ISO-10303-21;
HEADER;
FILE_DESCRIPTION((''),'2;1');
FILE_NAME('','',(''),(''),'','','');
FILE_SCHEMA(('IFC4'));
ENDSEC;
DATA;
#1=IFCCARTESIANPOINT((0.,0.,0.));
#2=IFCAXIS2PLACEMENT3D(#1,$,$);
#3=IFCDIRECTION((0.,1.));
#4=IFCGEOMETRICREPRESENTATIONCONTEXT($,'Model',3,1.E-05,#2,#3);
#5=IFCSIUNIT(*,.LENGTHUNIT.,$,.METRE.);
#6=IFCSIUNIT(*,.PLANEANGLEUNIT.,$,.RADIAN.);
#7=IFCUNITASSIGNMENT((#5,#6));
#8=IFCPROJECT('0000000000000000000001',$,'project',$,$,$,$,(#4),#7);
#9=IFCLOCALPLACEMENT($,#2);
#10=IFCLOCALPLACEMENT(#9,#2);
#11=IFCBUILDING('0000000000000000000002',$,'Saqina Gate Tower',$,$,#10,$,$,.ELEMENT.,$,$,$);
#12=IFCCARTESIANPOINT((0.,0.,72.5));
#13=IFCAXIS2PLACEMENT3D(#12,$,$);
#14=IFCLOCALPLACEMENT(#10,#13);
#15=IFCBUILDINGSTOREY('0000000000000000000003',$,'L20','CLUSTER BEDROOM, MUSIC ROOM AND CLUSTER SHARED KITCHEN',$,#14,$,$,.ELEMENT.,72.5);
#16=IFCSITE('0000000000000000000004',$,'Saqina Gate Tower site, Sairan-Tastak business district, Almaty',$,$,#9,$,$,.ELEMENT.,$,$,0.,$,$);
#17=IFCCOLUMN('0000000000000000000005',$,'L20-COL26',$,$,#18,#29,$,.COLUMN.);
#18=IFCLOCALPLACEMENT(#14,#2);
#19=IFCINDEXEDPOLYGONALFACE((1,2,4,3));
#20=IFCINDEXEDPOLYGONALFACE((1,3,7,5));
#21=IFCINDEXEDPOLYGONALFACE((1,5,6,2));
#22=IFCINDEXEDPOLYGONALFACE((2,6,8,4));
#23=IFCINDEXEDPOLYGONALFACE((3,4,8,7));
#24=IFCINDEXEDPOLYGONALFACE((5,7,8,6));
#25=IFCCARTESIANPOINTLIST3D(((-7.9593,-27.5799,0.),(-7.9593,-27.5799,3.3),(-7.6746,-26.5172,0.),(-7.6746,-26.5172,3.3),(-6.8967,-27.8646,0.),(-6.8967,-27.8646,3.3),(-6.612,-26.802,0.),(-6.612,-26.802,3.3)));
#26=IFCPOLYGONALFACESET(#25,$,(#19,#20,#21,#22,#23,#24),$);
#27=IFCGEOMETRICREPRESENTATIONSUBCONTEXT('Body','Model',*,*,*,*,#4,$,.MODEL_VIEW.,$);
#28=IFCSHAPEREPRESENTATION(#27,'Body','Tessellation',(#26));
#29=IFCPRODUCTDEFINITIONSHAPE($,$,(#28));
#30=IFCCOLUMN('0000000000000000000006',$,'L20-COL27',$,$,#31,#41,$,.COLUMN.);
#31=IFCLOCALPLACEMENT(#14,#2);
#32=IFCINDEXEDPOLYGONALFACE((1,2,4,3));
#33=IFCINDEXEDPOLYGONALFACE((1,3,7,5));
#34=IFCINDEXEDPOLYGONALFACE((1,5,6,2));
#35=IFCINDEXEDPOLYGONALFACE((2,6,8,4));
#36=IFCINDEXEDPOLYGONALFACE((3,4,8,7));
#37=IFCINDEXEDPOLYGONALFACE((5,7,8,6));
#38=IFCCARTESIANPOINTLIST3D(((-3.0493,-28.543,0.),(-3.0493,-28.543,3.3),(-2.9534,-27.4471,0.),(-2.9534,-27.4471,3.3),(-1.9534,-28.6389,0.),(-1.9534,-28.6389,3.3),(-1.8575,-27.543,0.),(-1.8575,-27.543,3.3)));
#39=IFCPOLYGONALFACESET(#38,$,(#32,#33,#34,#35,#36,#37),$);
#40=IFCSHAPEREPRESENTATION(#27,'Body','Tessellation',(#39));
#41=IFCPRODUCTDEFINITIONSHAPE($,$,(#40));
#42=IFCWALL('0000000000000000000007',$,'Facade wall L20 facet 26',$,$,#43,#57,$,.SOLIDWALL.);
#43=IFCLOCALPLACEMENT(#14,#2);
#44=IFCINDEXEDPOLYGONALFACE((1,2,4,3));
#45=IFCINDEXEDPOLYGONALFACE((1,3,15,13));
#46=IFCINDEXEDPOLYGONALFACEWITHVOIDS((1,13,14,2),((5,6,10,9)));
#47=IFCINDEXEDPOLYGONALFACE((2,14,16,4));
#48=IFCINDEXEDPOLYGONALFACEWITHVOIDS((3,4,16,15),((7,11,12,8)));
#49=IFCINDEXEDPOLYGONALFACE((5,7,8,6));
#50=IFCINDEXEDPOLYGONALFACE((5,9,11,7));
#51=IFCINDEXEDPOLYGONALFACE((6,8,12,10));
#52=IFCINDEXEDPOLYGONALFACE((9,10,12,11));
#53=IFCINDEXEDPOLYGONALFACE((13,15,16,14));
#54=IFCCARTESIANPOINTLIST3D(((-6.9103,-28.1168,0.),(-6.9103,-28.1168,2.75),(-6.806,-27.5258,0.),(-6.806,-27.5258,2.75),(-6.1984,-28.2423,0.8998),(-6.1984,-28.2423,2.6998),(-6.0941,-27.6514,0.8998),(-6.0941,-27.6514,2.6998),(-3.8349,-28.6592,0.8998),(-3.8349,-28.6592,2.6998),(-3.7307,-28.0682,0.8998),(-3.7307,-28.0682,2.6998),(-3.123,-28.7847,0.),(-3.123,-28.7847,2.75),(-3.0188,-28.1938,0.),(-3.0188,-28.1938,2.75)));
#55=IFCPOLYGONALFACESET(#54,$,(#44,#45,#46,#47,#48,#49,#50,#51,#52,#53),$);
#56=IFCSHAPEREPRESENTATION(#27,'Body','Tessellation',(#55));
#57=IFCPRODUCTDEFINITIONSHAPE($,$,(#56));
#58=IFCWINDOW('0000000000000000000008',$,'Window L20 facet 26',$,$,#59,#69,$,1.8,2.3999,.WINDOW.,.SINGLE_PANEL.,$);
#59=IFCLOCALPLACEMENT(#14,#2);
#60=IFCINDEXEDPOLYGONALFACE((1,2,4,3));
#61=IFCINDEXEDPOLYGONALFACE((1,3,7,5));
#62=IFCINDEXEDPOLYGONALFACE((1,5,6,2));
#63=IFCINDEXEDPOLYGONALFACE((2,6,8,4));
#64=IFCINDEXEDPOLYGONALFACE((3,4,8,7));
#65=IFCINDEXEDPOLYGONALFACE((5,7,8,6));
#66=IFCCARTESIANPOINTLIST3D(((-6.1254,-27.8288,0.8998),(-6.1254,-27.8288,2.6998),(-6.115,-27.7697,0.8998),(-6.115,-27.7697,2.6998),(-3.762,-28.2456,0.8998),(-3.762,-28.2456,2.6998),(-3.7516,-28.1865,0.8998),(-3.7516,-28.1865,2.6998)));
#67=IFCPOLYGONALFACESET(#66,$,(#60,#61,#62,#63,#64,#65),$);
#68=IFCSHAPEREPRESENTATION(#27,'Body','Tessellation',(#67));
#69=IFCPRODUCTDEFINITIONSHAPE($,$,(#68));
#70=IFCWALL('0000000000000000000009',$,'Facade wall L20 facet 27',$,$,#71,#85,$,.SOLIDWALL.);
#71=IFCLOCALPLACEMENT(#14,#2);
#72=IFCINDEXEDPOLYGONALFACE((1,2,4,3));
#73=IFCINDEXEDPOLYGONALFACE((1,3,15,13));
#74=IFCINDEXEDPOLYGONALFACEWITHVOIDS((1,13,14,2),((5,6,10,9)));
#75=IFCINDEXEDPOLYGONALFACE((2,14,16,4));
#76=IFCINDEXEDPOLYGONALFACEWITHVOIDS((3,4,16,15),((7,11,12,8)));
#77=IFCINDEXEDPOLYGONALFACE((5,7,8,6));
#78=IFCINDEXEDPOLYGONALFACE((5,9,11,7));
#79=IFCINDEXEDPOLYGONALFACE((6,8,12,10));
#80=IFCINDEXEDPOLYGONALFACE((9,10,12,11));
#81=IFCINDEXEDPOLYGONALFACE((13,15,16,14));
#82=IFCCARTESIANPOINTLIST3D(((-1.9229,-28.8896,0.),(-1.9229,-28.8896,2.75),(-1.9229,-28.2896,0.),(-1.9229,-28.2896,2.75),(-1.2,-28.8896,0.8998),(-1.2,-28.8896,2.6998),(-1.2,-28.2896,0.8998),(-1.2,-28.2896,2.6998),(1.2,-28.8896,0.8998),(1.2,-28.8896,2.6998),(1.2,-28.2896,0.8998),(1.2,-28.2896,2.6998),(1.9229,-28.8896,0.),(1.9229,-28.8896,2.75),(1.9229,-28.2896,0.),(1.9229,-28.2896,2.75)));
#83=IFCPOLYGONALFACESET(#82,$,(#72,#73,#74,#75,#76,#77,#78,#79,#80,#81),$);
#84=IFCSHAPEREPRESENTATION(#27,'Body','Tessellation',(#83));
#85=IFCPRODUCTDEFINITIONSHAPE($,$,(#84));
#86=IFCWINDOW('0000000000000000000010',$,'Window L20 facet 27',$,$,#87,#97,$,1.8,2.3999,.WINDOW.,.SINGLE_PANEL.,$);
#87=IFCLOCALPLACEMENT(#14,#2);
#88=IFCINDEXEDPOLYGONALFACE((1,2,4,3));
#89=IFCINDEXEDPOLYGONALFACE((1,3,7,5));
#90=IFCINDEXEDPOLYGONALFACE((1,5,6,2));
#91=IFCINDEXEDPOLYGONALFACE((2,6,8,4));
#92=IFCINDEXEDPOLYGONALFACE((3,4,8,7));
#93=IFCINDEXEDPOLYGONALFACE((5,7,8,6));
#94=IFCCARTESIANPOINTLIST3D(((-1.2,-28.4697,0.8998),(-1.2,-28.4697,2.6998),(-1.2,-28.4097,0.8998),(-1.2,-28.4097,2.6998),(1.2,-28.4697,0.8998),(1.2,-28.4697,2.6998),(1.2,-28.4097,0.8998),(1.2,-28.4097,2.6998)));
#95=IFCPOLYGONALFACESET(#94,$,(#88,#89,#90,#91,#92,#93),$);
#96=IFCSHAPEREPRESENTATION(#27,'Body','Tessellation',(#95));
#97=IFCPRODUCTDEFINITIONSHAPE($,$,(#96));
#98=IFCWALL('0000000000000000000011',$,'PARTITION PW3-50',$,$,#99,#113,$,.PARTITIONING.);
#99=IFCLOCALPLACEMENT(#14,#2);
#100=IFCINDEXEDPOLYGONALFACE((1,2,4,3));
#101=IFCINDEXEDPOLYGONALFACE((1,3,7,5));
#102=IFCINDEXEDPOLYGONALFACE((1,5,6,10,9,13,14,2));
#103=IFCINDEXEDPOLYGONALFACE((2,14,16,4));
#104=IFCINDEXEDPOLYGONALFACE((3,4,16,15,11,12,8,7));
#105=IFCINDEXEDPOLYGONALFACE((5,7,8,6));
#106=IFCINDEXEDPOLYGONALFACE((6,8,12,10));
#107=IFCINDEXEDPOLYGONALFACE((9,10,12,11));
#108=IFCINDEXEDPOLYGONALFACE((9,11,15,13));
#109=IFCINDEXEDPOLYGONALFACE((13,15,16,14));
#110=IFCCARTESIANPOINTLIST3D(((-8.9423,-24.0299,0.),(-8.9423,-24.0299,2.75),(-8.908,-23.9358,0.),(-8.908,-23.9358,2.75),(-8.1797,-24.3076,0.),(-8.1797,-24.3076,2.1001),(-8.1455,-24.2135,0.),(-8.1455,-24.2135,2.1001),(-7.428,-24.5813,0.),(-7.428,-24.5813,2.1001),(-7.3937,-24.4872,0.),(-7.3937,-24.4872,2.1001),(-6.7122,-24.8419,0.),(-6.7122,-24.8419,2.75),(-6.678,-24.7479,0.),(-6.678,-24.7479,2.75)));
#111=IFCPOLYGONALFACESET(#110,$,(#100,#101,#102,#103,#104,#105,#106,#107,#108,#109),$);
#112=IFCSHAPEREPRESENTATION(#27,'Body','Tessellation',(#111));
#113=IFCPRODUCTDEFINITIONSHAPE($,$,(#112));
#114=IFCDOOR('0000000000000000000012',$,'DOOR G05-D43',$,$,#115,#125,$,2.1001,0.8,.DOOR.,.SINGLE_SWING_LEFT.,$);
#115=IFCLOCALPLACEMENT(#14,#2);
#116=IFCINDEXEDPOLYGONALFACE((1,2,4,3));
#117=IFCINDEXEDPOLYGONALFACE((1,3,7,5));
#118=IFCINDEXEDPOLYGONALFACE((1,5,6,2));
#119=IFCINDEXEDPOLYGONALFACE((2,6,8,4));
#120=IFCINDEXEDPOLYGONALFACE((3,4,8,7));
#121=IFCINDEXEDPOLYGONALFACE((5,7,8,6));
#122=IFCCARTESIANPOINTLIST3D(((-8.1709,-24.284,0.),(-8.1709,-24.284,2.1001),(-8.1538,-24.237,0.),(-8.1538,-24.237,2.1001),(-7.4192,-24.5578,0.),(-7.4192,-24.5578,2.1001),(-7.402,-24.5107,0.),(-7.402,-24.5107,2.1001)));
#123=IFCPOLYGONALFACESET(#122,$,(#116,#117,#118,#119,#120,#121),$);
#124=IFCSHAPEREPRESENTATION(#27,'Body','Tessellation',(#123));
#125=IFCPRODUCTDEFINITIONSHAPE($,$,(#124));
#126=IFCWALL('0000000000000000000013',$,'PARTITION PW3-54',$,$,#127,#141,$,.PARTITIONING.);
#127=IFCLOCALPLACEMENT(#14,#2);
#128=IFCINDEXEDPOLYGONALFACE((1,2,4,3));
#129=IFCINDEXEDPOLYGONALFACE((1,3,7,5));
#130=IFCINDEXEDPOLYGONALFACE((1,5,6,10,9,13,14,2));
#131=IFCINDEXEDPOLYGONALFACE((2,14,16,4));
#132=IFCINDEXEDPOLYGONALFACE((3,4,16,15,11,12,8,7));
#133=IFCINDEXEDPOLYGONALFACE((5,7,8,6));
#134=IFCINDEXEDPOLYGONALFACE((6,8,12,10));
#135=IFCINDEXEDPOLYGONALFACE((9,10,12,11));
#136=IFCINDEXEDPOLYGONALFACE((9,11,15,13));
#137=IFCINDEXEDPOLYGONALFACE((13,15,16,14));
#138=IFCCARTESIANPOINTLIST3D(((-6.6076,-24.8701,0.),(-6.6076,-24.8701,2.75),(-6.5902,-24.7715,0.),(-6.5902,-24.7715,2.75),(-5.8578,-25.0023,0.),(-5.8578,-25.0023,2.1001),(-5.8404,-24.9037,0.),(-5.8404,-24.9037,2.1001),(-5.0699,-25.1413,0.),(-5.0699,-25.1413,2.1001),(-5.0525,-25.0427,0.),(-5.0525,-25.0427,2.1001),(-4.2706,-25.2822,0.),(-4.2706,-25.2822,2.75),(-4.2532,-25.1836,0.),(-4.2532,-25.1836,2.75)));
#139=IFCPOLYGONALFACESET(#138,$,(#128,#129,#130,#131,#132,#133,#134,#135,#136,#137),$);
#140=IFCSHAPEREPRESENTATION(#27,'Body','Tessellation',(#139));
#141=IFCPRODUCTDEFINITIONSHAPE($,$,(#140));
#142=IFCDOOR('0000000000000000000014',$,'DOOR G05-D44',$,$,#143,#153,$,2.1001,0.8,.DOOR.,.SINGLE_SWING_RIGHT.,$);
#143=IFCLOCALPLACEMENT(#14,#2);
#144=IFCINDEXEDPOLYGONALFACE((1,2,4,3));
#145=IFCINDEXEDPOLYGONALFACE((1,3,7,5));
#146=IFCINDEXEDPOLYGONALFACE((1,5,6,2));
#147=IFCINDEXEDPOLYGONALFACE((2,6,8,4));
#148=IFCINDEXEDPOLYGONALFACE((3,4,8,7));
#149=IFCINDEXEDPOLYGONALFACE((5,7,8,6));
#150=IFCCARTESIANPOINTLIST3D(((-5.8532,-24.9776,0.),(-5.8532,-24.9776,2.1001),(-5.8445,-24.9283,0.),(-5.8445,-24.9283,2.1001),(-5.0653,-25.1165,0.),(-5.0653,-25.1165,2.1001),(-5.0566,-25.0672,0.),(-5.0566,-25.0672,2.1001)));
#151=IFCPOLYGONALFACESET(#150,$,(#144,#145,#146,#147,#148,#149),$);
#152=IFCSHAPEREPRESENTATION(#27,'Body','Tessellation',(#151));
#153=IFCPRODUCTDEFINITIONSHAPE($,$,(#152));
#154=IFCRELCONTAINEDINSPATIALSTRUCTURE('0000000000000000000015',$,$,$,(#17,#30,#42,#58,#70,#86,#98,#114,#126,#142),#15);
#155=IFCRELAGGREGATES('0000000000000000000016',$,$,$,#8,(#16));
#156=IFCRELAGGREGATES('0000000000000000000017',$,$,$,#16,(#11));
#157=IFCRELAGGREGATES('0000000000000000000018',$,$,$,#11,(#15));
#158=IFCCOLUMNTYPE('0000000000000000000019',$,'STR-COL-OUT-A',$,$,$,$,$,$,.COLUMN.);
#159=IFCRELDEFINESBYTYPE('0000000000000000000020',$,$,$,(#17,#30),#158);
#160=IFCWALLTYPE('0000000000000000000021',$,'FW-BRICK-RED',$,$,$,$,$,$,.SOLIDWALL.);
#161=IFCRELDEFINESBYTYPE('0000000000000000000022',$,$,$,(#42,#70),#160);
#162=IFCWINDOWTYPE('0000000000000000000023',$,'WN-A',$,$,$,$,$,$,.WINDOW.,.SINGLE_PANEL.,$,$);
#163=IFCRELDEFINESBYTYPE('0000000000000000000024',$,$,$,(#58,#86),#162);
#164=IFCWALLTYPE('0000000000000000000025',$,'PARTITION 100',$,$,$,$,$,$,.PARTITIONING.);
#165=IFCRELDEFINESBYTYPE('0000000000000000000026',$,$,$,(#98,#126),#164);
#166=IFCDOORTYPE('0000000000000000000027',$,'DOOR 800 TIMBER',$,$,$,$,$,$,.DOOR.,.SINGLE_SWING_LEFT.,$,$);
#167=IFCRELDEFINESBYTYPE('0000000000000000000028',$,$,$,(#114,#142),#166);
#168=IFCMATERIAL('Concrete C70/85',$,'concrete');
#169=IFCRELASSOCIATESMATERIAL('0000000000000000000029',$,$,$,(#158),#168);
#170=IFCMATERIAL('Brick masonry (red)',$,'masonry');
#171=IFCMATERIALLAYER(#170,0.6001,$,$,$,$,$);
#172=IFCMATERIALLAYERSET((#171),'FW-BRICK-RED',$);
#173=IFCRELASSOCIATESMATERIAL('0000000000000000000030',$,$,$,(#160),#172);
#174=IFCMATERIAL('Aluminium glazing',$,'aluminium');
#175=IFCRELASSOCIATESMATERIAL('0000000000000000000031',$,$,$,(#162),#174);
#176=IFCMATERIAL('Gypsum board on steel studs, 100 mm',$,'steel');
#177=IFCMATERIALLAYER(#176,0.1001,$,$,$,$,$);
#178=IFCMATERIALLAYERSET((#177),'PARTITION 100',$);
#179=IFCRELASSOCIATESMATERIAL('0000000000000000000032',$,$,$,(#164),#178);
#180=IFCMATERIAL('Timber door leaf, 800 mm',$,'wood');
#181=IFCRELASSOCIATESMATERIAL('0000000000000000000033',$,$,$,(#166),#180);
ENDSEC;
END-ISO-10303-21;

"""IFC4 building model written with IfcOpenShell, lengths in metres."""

from ifc_helpers import new_model, si_unit, direction, frame, frame_2d, origin, origin_2d, place, context, subcontext, project, spatial, rectangle, extrude, material, layer, layer_set, material_profile, profile_set, type_object, element, fill, save


model = new_model("IFC4")

# Units and contexts
model_context = context("Model", 3, precision=1e-05, world=origin(), true_north=direction((0.0, 1.0)))
body_context = subcontext(model_context, "Body", "Model", "MODEL_VIEW")
ifc_project = project(units=[si_unit("LENGTHUNIT", "METRE"), si_unit("PLANEANGLEUNIT", "RADIAN")], contexts=[model_context])

# Site, building, storey
site_placement = place(None, origin())
site = spatial("IfcSite", under=ifc_project, at=site_placement, Name="Saqina Gate Tower site, Sairan-Tastak business district, Almaty", CompositionType="ELEMENT", RefElevation=0.0)
building_placement = place(site_placement, origin())
building = spatial("IfcBuilding", under=site, at=building_placement, Name="Saqina Gate Tower", CompositionType="ELEMENT")
storey_placement = place(building_placement, frame((0.0, 0.0, 72.5)))
storey = spatial("IfcBuildingStorey", under=building, at=storey_placement, Name="L20", Description="CLUSTER BEDROOM, MUSIC ROOM AND CLUSTER SHARED KITCHEN", CompositionType="ELEMENT", Elevation=72.5)

# Columns
ifc_material_1 = material(Name="Concrete C70/85", Category="concrete")
ifc_material_profile = material_profile(ifc_material_1, rectangle(XDim=1.1001, YDim=1.1001, at=origin_2d()), Name="RC 1100x1100")
ifc_profile_set = profile_set([ifc_material_profile], Name="Concrete C70/85")
column_type = type_object("IfcColumnType", Name="STR-COL-OUT-A", PredefinedType="COLUMN", material=ifc_profile_set)
for number, where, z_axis, x_axis, name in (
    (1, (-7.2856, -27.1909, 0.0), (0.0, 0.0, 1.0), (-0.258819, -0.965926, 0.0), "L20-COL26"),
    (2, (-2.4534, -28.043, 0.0), (0.0, 0.0, 1.0), (-0.087156, -0.996195, 0.0), "L20-COL27"),
):
    element("IfcColumn", number, at=place(storey_placement, frame(where, z_axis=z_axis, x_axis=x_axis)), inside=storey, type_object=column_type, Name=name, PredefinedType="COLUMN", context=body_context, shape_type="SweptSolid", body=[
        extrude(rectangle(XDim=1.1001, YDim=1.1001, at=origin_2d()), origin(), (0.0, 0.0, 1.0), 3.3),
    ])

# Walls, openings, windows
ifc_material_2 = material(Name="Brick masonry (red)", Category="masonry")
ifc_layer_1 = layer(ifc_material_2, 0.6001)
ifc_layer_set_1 = layer_set([ifc_layer_1], Name="FW-BRICK-RED")
wall_type_1 = type_object("IfcWallType", Name="FW-BRICK-RED", PredefinedType="SOLIDWALL", material=ifc_layer_set_1)
wall_1_placement = place(storey_placement, frame((-6.8582, -27.8213, 0.0), z_axis=(0.0, 0.0, 1.0), x_axis=(0.984801, -0.173688, 0.0)))
wall_1 = element("IfcWall", 3, at=wall_1_placement, inside=storey, type_object=wall_type_1, Name="Facade wall L20 facet 26", PredefinedType="SOLIDWALL", context=body_context, shape_type="SweptSolid", body=[
    extrude(rectangle(XDim=3.8457, YDim=0.6001, at=frame_2d((1.9229, 0.0))), origin(), (0.0, 0.0, 1.0), 2.75),
])
opening_1_placement = place(wall_1_placement, frame((0.7229, 0.0, 0.8999)))
opening_1 = element("IfcOpeningElement", 4, at=opening_1_placement, cuts=wall_1, PredefinedType="OPENING", context=body_context, shape_type="SweptSolid", body=[
    extrude(rectangle(XDim=2.3999, YDim=1.8, at=frame_2d((1.2, 0.8999))), frame((0.0, 0.312, 0.0), z_axis=(0.0, -1.0, 0.0), x_axis=(1.0, 0.0, 0.0)), (0.0, 0.0, 1.0), 0.624),
])
ifc_material_3 = material(Name="Aluminium glazing", Category="aluminium")
window_type = type_object("IfcWindowType", Name="WN-A", PartitioningType="SINGLE_PANEL", PredefinedType="WINDOW", material=ifc_material_3)
window_1_placement = place(opening_1_placement, origin())
window_1 = element("IfcWindow", 5, at=window_1_placement, inside=storey, type_object=window_type, Name="Window L20 facet 26", OverallHeight=1.8, OverallWidth=2.3999, PartitioningType="SINGLE_PANEL", PredefinedType="WINDOW", context=body_context, shape_type="SweptSolid", body=[
    extrude(rectangle(XDim=2.3999, YDim=1.8, at=frame_2d((1.2, 0.8999))), frame((0.0, 0.1799, 0.0), z_axis=(0.0, -1.0, 0.0), x_axis=(1.0, 0.0, 0.0)), (0.0, 0.0, 1.0), 0.0601),
])
fill(opening_1, window_1)
wall_2_placement = place(storey_placement, frame((-1.9229, -28.5896, 0.0), z_axis=(0.0, 0.0, 1.0), x_axis=(1.0, 0.0, 0.0)))
wall_2 = element("IfcWall", 6, at=wall_2_placement, inside=storey, type_object=wall_type_1, Name="Facade wall L20 facet 27", PredefinedType="SOLIDWALL", context=body_context, shape_type="SweptSolid", body=[
    extrude(rectangle(XDim=3.8457, YDim=0.6001, at=frame_2d((1.9229, 0.0))), origin(), (0.0, 0.0, 1.0), 2.75),
])
opening_2_placement = place(wall_2_placement, frame((0.7229, 0.0, 0.8999)))
opening_2 = element("IfcOpeningElement", 7, at=opening_2_placement, cuts=wall_2, PredefinedType="OPENING", context=body_context, shape_type="SweptSolid", body=[
    extrude(rectangle(XDim=2.3999, YDim=1.8, at=frame_2d((1.2, 0.8999))), frame((0.0, 0.312, 0.0), z_axis=(0.0, -1.0, 0.0), x_axis=(1.0, 0.0, 0.0)), (0.0, 0.0, 1.0), 0.624),
])
window_2_placement = place(opening_2_placement, origin())
window_2 = element("IfcWindow", 8, at=window_2_placement, inside=storey, type_object=window_type, Name="Window L20 facet 27", OverallHeight=1.8, OverallWidth=2.3999, PartitioningType="SINGLE_PANEL", PredefinedType="WINDOW", context=body_context, shape_type="SweptSolid", body=[
    extrude(rectangle(XDim=2.3999, YDim=1.8, at=frame_2d((1.2, 0.8999))), frame((0.0, 0.1799, 0.0), z_axis=(0.0, -1.0, 0.0), x_axis=(1.0, 0.0, 0.0)), (0.0, 0.0, 1.0), 0.0601),
])
fill(opening_2, window_2)

# Walls, openings, doors
ifc_material_4 = material(Name="Gypsum board on steel studs, 100 mm", Category="steel")
ifc_layer_2 = layer(ifc_material_4, 0.1001)
ifc_layer_set_2 = layer_set([ifc_layer_2], Name="PARTITION 100")
wall_type_2 = type_object("IfcWallType", Name="PARTITION 100", PredefinedType="PARTITIONING", material=ifc_layer_set_2)
wall_3_placement = place(storey_placement, frame((-8.925, -23.9829, 0.0), z_axis=(0.0, 0.0, 1.0), x_axis=(0.939643, -0.342156, 0.0)))
wall_3 = element("IfcWall", 9, at=wall_3_placement, inside=storey, type_object=wall_type_2, Name="PARTITION PW3-50", PredefinedType="PARTITIONING", context=body_context, shape_type="SweptSolid", body=[
    extrude(rectangle(XDim=2.3733, YDim=0.1001, at=frame_2d((1.1865, 0.0))), origin(), (0.0, 0.0, 1.0), 2.75),
])
opening_3_placement = place(wall_3_placement, frame((0.8115, 0.0, 0.0)))
opening_3 = element("IfcOpeningElement", 10, at=opening_3_placement, cuts=wall_3, PredefinedType="OPENING", context=body_context, shape_type="SweptSolid", body=[
    extrude(rectangle(XDim=0.8, YDim=2.1001, at=frame_2d((0.3999, 1.05))), frame((0.0, 0.062, 0.0), z_axis=(0.0, -1.0, 0.0), x_axis=(1.0, 0.0, 0.0)), (0.0, 0.0, 1.0), 0.124),
])
ifc_material_5 = material(Name="Timber door leaf, 800 mm", Category="wood")
door_type_1 = type_object("IfcDoorType", Name="DOOR 800 TIMBER", OperationType="SINGLE_SWING_LEFT", PredefinedType="DOOR", material=ifc_material_5)
door_1_placement = place(opening_3_placement, frame((0.8, 0.0, 0.0), z_axis=(0.0, 0.0, 1.0), x_axis=(-1.0, 0.0, 0.0)))
door_1 = element("IfcDoor", 11, at=door_1_placement, inside=storey, type_object=door_type_1, Name="DOOR G05-D43", OperationType="SINGLE_SWING_LEFT", OverallHeight=2.1001, OverallWidth=0.8, PredefinedType="DOOR", context=body_context, shape_type="SweptSolid", body=[
    extrude(rectangle(XDim=0.8, YDim=2.1001, at=frame_2d((0.3999, 1.05))), frame((0.0, 0.0249, 0.0), z_axis=(0.0, -1.0, 0.0), x_axis=(1.0, 0.0, 0.0)), (0.0, 0.0, 1.0), 0.05),
])
fill(opening_3, door_1)
wall_4_placement = place(storey_placement, frame((-6.5989, -24.8208, 0.0), z_axis=(0.0, 0.0, 1.0), x_axis=(0.984804, -0.173668, 0.0)))
wall_4 = element("IfcWall", 12, at=wall_4_placement, inside=storey, type_object=wall_type_2, Name="PARTITION PW3-54", PredefinedType="PARTITIONING", context=body_context, shape_type="SweptSolid", body=[
    extrude(rectangle(XDim=2.373, YDim=0.1001, at=frame_2d((1.1865, 0.0))), origin(), (0.0, 0.0, 1.0), 2.75),
])
opening_4_placement = place(wall_4_placement, frame((0.7615, 0.0, 0.0)))
opening_4 = element("IfcOpeningElement", 13, at=opening_4_placement, cuts=wall_4, PredefinedType="OPENING", context=body_context, shape_type="SweptSolid", body=[
    extrude(rectangle(XDim=0.8, YDim=2.1001, at=frame_2d((0.3999, 1.05))), frame((0.0, 0.062, 0.0), z_axis=(0.0, -1.0, 0.0), x_axis=(1.0, 0.0, 0.0)), (0.0, 0.0, 1.0), 0.124),
])
door_2_placement = place(opening_4_placement, frame((0.8, 0.0, 0.0), z_axis=(0.0, 0.0, 1.0), x_axis=(-1.0, 0.0, 0.0)))
door_2 = element("IfcDoor", 14, at=door_2_placement, inside=storey, type_object=door_type_1, Name="DOOR G05-D44", OperationType="SINGLE_SWING_RIGHT", OverallHeight=2.1001, OverallWidth=0.8, PredefinedType="DOOR", context=body_context, shape_type="SweptSolid", body=[
    extrude(rectangle(XDim=0.8, YDim=2.1001, at=frame_2d((0.3999, 1.05))), frame((0.0, 0.0249, 0.0), z_axis=(0.0, -1.0, 0.0), x_axis=(1.0, 0.0, 0.0)), (0.0, 0.0, 1.0), 0.05),
])
fill(opening_4, door_2)

save(model, "model.ifc")
